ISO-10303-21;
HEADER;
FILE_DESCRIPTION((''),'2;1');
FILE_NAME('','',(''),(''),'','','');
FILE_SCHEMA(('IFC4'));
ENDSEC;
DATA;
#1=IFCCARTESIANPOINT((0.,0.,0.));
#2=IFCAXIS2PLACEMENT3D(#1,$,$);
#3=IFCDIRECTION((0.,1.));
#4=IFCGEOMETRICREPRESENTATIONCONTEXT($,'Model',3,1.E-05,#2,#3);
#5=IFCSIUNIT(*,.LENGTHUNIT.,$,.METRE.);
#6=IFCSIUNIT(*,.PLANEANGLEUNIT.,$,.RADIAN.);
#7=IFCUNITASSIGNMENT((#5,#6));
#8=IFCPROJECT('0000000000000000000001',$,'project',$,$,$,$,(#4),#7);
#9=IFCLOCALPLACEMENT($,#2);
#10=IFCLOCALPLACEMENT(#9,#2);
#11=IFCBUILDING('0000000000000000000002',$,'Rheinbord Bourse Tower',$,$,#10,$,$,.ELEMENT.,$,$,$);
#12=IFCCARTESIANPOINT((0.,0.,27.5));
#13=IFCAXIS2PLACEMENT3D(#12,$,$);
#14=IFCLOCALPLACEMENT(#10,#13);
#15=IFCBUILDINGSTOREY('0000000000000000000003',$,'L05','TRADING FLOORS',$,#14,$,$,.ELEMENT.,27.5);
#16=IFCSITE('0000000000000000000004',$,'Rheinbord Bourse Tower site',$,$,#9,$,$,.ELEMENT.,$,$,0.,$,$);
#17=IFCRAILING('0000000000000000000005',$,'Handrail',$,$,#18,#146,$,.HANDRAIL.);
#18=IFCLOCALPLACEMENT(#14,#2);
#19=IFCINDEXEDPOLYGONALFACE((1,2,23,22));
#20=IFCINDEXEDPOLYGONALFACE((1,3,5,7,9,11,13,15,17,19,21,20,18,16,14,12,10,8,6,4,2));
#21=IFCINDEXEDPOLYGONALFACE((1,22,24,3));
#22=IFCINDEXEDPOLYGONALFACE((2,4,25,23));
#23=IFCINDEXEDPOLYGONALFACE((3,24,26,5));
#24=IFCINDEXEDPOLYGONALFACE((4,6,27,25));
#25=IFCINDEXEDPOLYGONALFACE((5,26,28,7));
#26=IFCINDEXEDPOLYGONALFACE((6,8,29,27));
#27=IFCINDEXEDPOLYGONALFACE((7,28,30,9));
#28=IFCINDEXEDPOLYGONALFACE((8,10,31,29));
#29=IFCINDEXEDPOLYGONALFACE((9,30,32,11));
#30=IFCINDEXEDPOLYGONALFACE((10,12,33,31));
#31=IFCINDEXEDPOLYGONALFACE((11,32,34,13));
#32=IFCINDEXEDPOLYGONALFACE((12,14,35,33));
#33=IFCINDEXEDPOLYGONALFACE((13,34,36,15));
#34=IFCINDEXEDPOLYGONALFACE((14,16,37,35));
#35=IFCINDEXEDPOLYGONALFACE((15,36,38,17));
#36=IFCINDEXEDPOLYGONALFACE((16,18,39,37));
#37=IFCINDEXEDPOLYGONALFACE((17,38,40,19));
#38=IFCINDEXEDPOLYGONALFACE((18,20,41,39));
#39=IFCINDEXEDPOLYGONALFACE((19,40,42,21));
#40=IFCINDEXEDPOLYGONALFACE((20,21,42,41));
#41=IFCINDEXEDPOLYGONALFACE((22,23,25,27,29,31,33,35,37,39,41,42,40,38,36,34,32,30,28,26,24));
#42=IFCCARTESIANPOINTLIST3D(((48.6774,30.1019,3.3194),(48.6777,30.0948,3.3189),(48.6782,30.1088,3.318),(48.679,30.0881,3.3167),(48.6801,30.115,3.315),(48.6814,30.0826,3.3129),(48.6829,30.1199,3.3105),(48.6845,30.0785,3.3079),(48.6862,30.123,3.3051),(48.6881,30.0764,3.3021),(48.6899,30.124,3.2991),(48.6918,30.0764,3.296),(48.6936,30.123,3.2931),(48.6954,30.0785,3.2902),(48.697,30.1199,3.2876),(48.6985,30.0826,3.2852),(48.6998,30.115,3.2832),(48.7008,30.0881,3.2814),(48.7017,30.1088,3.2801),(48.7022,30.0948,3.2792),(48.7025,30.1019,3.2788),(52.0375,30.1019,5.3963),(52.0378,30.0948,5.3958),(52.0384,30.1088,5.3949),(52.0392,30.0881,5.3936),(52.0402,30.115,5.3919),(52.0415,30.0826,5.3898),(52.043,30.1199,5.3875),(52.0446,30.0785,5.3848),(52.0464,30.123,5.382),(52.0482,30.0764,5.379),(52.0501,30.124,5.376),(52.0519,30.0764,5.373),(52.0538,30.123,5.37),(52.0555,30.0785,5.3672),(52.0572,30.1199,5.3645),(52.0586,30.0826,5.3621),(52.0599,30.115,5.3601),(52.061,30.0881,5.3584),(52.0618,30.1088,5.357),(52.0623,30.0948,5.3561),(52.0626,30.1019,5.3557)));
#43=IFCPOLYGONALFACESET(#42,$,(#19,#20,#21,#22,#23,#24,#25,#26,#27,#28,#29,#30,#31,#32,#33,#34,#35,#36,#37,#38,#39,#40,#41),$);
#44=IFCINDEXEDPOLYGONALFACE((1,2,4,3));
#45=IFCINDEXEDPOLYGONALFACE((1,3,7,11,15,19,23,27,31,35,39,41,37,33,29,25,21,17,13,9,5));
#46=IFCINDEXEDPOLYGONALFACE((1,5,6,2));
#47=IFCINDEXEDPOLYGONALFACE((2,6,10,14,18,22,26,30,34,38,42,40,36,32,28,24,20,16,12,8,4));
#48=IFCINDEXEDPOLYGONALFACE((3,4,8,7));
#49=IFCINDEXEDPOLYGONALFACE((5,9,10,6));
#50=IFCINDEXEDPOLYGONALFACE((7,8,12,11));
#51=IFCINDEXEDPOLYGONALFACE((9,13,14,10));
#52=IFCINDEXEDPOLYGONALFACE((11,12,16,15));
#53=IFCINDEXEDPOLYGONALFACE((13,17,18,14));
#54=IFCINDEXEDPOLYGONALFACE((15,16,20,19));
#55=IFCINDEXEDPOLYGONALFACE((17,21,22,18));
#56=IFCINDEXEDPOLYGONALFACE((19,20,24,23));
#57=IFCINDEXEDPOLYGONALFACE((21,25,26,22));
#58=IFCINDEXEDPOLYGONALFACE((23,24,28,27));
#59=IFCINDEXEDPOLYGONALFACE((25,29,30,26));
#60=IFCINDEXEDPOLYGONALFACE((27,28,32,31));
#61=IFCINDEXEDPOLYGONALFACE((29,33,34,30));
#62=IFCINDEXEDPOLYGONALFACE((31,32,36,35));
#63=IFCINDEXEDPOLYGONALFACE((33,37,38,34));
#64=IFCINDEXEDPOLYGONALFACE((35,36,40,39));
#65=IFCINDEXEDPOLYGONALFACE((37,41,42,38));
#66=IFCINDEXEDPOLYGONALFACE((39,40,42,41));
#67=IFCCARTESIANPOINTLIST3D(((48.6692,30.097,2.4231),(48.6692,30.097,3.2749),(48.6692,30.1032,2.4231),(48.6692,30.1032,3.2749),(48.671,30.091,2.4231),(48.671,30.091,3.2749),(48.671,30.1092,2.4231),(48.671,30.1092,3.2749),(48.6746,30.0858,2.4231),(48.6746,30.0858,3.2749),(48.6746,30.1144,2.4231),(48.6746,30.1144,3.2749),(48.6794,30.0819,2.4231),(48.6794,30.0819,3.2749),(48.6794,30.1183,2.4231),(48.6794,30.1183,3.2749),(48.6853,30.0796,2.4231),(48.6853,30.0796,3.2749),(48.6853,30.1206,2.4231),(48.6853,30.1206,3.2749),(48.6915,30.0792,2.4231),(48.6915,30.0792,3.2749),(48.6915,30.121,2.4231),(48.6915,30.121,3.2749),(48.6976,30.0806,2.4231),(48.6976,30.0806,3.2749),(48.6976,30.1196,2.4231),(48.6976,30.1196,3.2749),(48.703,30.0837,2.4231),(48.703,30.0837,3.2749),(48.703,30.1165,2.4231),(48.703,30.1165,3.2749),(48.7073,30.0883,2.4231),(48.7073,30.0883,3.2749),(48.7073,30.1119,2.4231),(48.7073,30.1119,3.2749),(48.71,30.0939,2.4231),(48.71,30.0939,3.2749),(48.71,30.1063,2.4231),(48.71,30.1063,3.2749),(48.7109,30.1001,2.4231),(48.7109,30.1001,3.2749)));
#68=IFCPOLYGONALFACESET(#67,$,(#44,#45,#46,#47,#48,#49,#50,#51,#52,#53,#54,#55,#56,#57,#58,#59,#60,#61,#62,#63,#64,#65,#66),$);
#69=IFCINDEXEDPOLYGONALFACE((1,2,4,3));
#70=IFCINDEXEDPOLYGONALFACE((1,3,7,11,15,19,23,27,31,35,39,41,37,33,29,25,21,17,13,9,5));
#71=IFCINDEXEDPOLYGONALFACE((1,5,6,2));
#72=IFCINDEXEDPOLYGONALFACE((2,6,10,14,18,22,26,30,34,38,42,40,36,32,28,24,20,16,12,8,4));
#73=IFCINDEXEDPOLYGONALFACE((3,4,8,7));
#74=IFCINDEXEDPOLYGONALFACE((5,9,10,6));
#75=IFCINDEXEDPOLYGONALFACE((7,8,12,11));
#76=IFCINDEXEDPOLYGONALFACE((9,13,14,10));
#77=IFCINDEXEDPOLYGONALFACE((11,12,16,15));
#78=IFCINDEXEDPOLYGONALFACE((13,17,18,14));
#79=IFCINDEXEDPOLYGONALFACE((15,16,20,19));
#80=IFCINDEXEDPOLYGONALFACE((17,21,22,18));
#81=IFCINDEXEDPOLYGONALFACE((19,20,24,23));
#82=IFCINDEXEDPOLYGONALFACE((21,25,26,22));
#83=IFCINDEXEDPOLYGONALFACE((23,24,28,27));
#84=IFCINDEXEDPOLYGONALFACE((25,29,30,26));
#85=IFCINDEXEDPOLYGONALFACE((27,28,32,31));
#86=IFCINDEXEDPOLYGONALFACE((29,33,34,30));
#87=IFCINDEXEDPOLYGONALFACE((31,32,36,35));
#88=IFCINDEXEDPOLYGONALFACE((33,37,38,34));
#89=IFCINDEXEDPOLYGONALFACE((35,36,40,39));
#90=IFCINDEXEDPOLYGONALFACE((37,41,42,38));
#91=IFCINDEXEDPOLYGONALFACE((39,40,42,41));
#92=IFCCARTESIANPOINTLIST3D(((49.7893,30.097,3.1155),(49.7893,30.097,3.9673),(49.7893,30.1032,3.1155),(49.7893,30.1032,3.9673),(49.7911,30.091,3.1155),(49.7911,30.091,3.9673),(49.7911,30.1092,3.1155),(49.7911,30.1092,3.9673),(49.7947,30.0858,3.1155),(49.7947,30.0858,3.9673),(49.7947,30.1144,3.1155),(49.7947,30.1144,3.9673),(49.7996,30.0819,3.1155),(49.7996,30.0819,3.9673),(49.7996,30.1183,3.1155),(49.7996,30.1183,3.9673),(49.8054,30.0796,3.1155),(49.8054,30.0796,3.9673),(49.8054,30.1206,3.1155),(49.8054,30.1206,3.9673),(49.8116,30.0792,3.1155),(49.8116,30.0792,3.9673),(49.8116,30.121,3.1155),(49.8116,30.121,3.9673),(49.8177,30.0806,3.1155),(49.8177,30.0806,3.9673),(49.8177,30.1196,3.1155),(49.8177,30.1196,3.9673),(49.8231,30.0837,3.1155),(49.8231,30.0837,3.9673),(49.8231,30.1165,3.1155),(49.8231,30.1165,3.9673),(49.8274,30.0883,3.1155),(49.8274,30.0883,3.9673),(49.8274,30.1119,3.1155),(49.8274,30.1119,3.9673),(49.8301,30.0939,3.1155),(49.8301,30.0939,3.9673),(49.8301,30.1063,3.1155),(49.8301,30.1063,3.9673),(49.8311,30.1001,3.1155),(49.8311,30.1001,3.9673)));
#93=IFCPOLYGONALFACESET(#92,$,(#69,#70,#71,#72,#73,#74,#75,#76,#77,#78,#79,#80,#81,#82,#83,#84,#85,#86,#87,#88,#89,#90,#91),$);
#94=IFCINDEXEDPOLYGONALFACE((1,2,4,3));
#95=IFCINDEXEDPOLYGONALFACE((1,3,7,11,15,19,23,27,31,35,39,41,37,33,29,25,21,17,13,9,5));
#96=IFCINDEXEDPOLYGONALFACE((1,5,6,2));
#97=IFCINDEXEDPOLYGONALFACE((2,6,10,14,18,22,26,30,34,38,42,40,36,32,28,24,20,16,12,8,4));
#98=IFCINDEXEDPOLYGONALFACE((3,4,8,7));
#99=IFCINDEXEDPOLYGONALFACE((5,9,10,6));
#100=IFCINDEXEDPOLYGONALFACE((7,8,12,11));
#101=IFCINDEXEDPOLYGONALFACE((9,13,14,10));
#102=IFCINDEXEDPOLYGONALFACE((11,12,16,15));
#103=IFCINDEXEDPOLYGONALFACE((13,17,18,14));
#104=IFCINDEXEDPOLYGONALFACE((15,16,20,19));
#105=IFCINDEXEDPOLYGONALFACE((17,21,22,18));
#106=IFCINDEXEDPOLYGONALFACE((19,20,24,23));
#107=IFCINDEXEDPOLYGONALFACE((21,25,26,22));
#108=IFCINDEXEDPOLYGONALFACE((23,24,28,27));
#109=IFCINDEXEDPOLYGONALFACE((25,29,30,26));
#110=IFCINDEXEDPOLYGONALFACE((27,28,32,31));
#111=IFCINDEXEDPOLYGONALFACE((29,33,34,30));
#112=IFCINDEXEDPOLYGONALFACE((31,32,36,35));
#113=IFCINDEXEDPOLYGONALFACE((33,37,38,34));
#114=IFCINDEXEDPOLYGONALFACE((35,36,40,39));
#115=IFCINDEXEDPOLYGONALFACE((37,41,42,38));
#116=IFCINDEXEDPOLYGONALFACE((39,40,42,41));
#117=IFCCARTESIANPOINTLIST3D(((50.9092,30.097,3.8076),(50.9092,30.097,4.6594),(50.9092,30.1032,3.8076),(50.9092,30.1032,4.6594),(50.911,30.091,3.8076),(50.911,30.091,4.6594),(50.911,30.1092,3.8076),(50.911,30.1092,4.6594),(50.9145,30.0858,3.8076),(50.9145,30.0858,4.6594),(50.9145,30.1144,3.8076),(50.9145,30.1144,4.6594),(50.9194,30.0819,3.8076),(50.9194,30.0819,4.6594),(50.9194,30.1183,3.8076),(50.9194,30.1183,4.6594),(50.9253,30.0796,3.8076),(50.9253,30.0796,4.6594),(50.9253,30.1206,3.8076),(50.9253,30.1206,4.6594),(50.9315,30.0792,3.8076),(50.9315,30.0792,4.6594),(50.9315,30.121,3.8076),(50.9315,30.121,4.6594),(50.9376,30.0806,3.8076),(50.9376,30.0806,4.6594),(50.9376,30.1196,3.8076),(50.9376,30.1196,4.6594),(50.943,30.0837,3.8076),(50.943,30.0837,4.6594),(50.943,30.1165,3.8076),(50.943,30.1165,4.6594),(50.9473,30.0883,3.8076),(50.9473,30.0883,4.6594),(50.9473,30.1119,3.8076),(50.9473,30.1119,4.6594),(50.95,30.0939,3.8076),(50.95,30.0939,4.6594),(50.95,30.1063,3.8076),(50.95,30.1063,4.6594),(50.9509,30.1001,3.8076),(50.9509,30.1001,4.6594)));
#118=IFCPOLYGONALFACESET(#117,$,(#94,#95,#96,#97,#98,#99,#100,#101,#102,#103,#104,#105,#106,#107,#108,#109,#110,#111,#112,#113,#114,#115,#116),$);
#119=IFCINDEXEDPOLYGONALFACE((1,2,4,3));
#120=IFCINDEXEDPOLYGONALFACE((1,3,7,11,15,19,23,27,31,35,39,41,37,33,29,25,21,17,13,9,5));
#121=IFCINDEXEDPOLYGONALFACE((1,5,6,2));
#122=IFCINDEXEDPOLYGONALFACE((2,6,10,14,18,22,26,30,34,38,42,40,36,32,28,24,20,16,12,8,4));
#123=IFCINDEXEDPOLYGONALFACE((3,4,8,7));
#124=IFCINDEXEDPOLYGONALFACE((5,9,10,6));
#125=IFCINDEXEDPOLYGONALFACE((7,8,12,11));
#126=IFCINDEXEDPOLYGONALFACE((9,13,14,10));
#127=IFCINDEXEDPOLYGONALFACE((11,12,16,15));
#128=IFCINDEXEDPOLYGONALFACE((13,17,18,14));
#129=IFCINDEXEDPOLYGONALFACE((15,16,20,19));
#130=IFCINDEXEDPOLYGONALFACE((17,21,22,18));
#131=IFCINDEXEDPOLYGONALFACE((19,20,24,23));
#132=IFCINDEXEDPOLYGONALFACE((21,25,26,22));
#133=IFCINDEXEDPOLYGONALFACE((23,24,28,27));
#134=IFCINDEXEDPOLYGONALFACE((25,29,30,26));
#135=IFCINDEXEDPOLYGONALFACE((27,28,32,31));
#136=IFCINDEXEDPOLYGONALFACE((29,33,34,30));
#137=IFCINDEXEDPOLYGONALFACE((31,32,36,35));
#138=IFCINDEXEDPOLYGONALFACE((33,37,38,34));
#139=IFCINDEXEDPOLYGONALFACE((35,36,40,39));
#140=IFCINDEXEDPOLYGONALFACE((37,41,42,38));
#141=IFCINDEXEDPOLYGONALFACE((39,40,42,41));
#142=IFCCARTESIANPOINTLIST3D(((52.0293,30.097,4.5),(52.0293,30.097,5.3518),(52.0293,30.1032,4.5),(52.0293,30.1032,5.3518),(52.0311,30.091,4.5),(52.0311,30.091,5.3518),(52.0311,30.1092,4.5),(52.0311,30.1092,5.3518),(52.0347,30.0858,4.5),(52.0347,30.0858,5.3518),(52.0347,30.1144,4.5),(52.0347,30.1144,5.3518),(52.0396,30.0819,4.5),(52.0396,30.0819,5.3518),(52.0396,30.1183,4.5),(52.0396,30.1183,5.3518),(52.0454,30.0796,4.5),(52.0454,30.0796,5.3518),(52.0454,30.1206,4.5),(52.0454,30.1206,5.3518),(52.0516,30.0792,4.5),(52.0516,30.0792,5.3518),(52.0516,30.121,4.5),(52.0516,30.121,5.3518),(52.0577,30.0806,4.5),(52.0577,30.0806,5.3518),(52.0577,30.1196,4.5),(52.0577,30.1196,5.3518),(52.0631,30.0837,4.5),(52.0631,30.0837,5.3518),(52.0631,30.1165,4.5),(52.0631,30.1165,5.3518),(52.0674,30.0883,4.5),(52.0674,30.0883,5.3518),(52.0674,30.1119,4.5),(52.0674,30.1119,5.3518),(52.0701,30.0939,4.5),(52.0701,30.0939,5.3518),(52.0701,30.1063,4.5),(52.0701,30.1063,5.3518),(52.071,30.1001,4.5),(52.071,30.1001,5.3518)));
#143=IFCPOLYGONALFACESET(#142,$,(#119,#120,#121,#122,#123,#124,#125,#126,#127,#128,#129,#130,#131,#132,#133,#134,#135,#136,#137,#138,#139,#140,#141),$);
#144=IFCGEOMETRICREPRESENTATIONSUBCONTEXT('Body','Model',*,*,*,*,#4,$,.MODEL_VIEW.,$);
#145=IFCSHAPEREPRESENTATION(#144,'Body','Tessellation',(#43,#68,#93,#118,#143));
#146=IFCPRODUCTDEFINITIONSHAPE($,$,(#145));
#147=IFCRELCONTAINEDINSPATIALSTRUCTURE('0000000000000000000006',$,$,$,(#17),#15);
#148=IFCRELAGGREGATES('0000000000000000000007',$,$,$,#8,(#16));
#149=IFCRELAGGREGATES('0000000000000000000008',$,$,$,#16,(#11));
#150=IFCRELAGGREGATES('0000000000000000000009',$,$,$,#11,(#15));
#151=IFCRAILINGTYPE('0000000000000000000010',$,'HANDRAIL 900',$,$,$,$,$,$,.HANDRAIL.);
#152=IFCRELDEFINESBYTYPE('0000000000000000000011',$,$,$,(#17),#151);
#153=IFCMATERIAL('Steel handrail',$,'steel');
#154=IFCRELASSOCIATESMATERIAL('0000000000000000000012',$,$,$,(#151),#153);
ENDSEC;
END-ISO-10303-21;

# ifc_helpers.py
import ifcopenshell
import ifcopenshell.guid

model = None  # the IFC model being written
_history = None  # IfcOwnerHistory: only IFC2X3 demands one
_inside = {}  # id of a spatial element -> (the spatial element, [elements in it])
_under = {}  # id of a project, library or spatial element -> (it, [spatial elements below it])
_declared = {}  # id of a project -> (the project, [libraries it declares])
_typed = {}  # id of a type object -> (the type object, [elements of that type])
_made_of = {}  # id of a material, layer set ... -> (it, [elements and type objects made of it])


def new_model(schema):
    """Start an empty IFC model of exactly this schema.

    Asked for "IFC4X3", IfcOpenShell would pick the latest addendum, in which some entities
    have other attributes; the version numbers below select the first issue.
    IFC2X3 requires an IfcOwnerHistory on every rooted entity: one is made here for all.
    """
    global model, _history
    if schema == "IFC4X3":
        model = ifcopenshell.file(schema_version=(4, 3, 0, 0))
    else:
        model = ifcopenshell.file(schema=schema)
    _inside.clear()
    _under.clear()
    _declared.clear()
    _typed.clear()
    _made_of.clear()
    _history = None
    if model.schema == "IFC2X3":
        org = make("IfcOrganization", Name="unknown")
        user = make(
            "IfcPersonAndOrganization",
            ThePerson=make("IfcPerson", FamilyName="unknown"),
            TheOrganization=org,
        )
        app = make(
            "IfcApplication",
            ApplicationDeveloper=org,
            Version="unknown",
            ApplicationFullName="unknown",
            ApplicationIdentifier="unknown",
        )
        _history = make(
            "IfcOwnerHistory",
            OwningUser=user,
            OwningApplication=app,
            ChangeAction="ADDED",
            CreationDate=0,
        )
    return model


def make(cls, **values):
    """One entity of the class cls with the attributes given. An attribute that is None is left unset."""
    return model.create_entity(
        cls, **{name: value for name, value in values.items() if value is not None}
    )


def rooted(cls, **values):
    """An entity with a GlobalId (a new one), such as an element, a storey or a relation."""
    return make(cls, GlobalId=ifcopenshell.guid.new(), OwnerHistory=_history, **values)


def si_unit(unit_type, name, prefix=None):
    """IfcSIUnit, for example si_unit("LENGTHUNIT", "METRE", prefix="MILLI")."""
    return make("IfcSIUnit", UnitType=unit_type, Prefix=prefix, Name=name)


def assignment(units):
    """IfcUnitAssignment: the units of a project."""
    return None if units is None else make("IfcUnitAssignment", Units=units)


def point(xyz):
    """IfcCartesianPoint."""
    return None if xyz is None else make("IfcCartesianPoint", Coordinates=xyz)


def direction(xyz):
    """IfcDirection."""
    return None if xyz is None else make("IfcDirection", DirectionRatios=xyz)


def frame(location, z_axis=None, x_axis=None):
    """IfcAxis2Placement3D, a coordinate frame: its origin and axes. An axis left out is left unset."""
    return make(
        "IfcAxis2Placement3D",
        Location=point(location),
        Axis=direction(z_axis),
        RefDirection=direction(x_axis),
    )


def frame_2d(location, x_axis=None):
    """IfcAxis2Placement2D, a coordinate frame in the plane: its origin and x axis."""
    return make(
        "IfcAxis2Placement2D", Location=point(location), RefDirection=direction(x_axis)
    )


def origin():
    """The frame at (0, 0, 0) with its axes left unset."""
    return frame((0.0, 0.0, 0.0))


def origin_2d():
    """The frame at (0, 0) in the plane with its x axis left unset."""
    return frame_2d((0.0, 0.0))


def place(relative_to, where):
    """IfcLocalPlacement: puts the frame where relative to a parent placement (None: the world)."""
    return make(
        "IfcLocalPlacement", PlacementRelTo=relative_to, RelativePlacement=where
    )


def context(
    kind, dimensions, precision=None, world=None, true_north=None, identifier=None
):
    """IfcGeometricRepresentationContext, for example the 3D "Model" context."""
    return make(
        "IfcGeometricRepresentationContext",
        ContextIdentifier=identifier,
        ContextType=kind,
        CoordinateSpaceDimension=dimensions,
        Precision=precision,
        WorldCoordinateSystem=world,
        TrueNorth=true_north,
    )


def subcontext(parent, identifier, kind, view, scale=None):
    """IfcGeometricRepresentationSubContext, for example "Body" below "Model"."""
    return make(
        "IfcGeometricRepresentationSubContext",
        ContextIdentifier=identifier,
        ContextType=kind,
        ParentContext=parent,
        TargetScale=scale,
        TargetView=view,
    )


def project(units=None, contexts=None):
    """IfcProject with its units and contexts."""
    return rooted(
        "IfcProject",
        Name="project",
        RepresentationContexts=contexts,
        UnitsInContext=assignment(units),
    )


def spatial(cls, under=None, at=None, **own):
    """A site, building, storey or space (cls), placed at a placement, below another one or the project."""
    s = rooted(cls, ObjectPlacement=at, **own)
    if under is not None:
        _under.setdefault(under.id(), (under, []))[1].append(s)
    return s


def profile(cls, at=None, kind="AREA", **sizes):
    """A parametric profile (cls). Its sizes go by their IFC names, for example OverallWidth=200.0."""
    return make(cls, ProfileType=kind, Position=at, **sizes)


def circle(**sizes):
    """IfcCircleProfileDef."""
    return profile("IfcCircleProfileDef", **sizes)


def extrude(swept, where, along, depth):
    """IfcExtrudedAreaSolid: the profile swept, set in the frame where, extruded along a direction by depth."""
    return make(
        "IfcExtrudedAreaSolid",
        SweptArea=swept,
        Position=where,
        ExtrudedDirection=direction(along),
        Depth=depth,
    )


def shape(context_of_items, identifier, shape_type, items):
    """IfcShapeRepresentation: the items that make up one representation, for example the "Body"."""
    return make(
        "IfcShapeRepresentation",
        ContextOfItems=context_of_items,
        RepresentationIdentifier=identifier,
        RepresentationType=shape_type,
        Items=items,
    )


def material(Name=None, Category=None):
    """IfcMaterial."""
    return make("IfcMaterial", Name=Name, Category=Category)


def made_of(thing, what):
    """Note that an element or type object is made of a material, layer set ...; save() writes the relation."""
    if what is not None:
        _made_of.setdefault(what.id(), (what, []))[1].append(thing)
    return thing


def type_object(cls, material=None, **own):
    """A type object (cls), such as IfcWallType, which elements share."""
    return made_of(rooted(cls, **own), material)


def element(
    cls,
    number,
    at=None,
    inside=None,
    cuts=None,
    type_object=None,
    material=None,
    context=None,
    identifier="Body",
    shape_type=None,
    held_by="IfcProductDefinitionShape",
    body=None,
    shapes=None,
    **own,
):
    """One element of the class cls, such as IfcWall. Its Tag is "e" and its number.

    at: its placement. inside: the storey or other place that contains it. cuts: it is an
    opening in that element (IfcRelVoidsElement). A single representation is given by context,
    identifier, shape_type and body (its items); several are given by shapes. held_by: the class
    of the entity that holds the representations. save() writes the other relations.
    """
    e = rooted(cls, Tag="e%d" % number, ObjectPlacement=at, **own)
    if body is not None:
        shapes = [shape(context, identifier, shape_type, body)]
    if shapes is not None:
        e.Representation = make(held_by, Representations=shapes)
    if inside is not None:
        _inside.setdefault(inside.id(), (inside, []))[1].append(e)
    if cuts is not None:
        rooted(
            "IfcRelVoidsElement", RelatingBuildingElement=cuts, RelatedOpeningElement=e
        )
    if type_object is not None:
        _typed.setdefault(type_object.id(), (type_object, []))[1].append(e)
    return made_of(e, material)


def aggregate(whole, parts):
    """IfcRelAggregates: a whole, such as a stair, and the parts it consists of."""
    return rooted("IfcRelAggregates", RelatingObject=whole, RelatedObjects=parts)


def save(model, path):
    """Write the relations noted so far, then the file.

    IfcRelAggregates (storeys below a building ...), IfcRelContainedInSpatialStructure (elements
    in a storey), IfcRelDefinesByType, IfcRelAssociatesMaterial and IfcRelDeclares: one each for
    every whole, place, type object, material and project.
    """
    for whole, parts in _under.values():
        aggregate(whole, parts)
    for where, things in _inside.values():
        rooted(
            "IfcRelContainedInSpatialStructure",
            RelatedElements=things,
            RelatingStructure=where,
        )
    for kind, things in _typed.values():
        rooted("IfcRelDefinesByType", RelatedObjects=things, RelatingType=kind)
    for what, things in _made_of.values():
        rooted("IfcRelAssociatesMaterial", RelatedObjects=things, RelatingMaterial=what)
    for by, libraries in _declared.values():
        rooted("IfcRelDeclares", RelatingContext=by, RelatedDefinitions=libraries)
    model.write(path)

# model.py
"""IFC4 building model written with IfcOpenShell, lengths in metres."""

from ifc_helpers import new_model, si_unit, direction, frame, origin, origin_2d, place, context, subcontext, project, spatial, circle, extrude, material, type_object, element, save


model = new_model("IFC4")

# Units and contexts
model_context = context("Model", 3, precision=1e-05, world=origin(), true_north=direction((0.0, 1.0)))
body_context = subcontext(model_context, "Body", "Model", "MODEL_VIEW")
ifc_project = project(units=[si_unit("LENGTHUNIT", "METRE"), si_unit("PLANEANGLEUNIT", "RADIAN")], contexts=[model_context])

# Site, building, storey
site_placement = place(None, origin())
site = spatial("IfcSite", under=ifc_project, at=site_placement, Name="Rheinbord Bourse Tower site", CompositionType="ELEMENT", RefElevation=0.0)
building_placement = place(site_placement, origin())
building = spatial("IfcBuilding", under=site, at=building_placement, Name="Rheinbord Bourse Tower", CompositionType="ELEMENT")
storey_placement = place(building_placement, frame((0.0, 0.0, 27.5)))
storey = spatial("IfcBuildingStorey", under=building, at=storey_placement, Name="L05", Description="TRADING FLOORS", CompositionType="ELEMENT", Elevation=27.5)

# Railing
ifc_material_1 = material(Name="Steel handrail", Category="steel")
railing_type = type_object("IfcRailingType", Name="HANDRAIL 900", PredefinedType="HANDRAIL", material=ifc_material_1)
railing_1_placement = place(storey_placement, frame((48.6899, 30.1001, 2.4231)))
element("IfcRailing", 1, at=railing_1_placement, inside=storey, type_object=railing_type, Name="Handrail", PredefinedType="HANDRAIL", context=body_context, shape_type="SweptSolid", body=[
    extrude(circle(Radius=0.0239, at=origin_2d()), frame((0.0, 0.0, 0.876), z_axis=(0.850623, 0.0, 0.525776), x_axis=(0.0, 1.0, 0.0)), (0.0, 0.0, 1.0), 3.9502),
    extrude(circle(Radius=0.021, at=origin_2d()), origin(), (0.0, 0.0, 1.0), 0.8518),
    extrude(circle(Radius=0.021, at=origin_2d()), frame((1.1201, 0.0, 0.6924)), (0.0, 0.0, 1.0), 0.8518),
    extrude(circle(Radius=0.021, at=origin_2d()), frame((2.24, 0.0, 1.3845)), (0.0, 0.0, 1.0), 0.8518),
    extrude(circle(Radius=0.021, at=origin_2d()), frame((3.3601, 0.0, 2.0769)), (0.0, 0.0, 1.0), 0.8518),
])

save(model, "model.ifc")
